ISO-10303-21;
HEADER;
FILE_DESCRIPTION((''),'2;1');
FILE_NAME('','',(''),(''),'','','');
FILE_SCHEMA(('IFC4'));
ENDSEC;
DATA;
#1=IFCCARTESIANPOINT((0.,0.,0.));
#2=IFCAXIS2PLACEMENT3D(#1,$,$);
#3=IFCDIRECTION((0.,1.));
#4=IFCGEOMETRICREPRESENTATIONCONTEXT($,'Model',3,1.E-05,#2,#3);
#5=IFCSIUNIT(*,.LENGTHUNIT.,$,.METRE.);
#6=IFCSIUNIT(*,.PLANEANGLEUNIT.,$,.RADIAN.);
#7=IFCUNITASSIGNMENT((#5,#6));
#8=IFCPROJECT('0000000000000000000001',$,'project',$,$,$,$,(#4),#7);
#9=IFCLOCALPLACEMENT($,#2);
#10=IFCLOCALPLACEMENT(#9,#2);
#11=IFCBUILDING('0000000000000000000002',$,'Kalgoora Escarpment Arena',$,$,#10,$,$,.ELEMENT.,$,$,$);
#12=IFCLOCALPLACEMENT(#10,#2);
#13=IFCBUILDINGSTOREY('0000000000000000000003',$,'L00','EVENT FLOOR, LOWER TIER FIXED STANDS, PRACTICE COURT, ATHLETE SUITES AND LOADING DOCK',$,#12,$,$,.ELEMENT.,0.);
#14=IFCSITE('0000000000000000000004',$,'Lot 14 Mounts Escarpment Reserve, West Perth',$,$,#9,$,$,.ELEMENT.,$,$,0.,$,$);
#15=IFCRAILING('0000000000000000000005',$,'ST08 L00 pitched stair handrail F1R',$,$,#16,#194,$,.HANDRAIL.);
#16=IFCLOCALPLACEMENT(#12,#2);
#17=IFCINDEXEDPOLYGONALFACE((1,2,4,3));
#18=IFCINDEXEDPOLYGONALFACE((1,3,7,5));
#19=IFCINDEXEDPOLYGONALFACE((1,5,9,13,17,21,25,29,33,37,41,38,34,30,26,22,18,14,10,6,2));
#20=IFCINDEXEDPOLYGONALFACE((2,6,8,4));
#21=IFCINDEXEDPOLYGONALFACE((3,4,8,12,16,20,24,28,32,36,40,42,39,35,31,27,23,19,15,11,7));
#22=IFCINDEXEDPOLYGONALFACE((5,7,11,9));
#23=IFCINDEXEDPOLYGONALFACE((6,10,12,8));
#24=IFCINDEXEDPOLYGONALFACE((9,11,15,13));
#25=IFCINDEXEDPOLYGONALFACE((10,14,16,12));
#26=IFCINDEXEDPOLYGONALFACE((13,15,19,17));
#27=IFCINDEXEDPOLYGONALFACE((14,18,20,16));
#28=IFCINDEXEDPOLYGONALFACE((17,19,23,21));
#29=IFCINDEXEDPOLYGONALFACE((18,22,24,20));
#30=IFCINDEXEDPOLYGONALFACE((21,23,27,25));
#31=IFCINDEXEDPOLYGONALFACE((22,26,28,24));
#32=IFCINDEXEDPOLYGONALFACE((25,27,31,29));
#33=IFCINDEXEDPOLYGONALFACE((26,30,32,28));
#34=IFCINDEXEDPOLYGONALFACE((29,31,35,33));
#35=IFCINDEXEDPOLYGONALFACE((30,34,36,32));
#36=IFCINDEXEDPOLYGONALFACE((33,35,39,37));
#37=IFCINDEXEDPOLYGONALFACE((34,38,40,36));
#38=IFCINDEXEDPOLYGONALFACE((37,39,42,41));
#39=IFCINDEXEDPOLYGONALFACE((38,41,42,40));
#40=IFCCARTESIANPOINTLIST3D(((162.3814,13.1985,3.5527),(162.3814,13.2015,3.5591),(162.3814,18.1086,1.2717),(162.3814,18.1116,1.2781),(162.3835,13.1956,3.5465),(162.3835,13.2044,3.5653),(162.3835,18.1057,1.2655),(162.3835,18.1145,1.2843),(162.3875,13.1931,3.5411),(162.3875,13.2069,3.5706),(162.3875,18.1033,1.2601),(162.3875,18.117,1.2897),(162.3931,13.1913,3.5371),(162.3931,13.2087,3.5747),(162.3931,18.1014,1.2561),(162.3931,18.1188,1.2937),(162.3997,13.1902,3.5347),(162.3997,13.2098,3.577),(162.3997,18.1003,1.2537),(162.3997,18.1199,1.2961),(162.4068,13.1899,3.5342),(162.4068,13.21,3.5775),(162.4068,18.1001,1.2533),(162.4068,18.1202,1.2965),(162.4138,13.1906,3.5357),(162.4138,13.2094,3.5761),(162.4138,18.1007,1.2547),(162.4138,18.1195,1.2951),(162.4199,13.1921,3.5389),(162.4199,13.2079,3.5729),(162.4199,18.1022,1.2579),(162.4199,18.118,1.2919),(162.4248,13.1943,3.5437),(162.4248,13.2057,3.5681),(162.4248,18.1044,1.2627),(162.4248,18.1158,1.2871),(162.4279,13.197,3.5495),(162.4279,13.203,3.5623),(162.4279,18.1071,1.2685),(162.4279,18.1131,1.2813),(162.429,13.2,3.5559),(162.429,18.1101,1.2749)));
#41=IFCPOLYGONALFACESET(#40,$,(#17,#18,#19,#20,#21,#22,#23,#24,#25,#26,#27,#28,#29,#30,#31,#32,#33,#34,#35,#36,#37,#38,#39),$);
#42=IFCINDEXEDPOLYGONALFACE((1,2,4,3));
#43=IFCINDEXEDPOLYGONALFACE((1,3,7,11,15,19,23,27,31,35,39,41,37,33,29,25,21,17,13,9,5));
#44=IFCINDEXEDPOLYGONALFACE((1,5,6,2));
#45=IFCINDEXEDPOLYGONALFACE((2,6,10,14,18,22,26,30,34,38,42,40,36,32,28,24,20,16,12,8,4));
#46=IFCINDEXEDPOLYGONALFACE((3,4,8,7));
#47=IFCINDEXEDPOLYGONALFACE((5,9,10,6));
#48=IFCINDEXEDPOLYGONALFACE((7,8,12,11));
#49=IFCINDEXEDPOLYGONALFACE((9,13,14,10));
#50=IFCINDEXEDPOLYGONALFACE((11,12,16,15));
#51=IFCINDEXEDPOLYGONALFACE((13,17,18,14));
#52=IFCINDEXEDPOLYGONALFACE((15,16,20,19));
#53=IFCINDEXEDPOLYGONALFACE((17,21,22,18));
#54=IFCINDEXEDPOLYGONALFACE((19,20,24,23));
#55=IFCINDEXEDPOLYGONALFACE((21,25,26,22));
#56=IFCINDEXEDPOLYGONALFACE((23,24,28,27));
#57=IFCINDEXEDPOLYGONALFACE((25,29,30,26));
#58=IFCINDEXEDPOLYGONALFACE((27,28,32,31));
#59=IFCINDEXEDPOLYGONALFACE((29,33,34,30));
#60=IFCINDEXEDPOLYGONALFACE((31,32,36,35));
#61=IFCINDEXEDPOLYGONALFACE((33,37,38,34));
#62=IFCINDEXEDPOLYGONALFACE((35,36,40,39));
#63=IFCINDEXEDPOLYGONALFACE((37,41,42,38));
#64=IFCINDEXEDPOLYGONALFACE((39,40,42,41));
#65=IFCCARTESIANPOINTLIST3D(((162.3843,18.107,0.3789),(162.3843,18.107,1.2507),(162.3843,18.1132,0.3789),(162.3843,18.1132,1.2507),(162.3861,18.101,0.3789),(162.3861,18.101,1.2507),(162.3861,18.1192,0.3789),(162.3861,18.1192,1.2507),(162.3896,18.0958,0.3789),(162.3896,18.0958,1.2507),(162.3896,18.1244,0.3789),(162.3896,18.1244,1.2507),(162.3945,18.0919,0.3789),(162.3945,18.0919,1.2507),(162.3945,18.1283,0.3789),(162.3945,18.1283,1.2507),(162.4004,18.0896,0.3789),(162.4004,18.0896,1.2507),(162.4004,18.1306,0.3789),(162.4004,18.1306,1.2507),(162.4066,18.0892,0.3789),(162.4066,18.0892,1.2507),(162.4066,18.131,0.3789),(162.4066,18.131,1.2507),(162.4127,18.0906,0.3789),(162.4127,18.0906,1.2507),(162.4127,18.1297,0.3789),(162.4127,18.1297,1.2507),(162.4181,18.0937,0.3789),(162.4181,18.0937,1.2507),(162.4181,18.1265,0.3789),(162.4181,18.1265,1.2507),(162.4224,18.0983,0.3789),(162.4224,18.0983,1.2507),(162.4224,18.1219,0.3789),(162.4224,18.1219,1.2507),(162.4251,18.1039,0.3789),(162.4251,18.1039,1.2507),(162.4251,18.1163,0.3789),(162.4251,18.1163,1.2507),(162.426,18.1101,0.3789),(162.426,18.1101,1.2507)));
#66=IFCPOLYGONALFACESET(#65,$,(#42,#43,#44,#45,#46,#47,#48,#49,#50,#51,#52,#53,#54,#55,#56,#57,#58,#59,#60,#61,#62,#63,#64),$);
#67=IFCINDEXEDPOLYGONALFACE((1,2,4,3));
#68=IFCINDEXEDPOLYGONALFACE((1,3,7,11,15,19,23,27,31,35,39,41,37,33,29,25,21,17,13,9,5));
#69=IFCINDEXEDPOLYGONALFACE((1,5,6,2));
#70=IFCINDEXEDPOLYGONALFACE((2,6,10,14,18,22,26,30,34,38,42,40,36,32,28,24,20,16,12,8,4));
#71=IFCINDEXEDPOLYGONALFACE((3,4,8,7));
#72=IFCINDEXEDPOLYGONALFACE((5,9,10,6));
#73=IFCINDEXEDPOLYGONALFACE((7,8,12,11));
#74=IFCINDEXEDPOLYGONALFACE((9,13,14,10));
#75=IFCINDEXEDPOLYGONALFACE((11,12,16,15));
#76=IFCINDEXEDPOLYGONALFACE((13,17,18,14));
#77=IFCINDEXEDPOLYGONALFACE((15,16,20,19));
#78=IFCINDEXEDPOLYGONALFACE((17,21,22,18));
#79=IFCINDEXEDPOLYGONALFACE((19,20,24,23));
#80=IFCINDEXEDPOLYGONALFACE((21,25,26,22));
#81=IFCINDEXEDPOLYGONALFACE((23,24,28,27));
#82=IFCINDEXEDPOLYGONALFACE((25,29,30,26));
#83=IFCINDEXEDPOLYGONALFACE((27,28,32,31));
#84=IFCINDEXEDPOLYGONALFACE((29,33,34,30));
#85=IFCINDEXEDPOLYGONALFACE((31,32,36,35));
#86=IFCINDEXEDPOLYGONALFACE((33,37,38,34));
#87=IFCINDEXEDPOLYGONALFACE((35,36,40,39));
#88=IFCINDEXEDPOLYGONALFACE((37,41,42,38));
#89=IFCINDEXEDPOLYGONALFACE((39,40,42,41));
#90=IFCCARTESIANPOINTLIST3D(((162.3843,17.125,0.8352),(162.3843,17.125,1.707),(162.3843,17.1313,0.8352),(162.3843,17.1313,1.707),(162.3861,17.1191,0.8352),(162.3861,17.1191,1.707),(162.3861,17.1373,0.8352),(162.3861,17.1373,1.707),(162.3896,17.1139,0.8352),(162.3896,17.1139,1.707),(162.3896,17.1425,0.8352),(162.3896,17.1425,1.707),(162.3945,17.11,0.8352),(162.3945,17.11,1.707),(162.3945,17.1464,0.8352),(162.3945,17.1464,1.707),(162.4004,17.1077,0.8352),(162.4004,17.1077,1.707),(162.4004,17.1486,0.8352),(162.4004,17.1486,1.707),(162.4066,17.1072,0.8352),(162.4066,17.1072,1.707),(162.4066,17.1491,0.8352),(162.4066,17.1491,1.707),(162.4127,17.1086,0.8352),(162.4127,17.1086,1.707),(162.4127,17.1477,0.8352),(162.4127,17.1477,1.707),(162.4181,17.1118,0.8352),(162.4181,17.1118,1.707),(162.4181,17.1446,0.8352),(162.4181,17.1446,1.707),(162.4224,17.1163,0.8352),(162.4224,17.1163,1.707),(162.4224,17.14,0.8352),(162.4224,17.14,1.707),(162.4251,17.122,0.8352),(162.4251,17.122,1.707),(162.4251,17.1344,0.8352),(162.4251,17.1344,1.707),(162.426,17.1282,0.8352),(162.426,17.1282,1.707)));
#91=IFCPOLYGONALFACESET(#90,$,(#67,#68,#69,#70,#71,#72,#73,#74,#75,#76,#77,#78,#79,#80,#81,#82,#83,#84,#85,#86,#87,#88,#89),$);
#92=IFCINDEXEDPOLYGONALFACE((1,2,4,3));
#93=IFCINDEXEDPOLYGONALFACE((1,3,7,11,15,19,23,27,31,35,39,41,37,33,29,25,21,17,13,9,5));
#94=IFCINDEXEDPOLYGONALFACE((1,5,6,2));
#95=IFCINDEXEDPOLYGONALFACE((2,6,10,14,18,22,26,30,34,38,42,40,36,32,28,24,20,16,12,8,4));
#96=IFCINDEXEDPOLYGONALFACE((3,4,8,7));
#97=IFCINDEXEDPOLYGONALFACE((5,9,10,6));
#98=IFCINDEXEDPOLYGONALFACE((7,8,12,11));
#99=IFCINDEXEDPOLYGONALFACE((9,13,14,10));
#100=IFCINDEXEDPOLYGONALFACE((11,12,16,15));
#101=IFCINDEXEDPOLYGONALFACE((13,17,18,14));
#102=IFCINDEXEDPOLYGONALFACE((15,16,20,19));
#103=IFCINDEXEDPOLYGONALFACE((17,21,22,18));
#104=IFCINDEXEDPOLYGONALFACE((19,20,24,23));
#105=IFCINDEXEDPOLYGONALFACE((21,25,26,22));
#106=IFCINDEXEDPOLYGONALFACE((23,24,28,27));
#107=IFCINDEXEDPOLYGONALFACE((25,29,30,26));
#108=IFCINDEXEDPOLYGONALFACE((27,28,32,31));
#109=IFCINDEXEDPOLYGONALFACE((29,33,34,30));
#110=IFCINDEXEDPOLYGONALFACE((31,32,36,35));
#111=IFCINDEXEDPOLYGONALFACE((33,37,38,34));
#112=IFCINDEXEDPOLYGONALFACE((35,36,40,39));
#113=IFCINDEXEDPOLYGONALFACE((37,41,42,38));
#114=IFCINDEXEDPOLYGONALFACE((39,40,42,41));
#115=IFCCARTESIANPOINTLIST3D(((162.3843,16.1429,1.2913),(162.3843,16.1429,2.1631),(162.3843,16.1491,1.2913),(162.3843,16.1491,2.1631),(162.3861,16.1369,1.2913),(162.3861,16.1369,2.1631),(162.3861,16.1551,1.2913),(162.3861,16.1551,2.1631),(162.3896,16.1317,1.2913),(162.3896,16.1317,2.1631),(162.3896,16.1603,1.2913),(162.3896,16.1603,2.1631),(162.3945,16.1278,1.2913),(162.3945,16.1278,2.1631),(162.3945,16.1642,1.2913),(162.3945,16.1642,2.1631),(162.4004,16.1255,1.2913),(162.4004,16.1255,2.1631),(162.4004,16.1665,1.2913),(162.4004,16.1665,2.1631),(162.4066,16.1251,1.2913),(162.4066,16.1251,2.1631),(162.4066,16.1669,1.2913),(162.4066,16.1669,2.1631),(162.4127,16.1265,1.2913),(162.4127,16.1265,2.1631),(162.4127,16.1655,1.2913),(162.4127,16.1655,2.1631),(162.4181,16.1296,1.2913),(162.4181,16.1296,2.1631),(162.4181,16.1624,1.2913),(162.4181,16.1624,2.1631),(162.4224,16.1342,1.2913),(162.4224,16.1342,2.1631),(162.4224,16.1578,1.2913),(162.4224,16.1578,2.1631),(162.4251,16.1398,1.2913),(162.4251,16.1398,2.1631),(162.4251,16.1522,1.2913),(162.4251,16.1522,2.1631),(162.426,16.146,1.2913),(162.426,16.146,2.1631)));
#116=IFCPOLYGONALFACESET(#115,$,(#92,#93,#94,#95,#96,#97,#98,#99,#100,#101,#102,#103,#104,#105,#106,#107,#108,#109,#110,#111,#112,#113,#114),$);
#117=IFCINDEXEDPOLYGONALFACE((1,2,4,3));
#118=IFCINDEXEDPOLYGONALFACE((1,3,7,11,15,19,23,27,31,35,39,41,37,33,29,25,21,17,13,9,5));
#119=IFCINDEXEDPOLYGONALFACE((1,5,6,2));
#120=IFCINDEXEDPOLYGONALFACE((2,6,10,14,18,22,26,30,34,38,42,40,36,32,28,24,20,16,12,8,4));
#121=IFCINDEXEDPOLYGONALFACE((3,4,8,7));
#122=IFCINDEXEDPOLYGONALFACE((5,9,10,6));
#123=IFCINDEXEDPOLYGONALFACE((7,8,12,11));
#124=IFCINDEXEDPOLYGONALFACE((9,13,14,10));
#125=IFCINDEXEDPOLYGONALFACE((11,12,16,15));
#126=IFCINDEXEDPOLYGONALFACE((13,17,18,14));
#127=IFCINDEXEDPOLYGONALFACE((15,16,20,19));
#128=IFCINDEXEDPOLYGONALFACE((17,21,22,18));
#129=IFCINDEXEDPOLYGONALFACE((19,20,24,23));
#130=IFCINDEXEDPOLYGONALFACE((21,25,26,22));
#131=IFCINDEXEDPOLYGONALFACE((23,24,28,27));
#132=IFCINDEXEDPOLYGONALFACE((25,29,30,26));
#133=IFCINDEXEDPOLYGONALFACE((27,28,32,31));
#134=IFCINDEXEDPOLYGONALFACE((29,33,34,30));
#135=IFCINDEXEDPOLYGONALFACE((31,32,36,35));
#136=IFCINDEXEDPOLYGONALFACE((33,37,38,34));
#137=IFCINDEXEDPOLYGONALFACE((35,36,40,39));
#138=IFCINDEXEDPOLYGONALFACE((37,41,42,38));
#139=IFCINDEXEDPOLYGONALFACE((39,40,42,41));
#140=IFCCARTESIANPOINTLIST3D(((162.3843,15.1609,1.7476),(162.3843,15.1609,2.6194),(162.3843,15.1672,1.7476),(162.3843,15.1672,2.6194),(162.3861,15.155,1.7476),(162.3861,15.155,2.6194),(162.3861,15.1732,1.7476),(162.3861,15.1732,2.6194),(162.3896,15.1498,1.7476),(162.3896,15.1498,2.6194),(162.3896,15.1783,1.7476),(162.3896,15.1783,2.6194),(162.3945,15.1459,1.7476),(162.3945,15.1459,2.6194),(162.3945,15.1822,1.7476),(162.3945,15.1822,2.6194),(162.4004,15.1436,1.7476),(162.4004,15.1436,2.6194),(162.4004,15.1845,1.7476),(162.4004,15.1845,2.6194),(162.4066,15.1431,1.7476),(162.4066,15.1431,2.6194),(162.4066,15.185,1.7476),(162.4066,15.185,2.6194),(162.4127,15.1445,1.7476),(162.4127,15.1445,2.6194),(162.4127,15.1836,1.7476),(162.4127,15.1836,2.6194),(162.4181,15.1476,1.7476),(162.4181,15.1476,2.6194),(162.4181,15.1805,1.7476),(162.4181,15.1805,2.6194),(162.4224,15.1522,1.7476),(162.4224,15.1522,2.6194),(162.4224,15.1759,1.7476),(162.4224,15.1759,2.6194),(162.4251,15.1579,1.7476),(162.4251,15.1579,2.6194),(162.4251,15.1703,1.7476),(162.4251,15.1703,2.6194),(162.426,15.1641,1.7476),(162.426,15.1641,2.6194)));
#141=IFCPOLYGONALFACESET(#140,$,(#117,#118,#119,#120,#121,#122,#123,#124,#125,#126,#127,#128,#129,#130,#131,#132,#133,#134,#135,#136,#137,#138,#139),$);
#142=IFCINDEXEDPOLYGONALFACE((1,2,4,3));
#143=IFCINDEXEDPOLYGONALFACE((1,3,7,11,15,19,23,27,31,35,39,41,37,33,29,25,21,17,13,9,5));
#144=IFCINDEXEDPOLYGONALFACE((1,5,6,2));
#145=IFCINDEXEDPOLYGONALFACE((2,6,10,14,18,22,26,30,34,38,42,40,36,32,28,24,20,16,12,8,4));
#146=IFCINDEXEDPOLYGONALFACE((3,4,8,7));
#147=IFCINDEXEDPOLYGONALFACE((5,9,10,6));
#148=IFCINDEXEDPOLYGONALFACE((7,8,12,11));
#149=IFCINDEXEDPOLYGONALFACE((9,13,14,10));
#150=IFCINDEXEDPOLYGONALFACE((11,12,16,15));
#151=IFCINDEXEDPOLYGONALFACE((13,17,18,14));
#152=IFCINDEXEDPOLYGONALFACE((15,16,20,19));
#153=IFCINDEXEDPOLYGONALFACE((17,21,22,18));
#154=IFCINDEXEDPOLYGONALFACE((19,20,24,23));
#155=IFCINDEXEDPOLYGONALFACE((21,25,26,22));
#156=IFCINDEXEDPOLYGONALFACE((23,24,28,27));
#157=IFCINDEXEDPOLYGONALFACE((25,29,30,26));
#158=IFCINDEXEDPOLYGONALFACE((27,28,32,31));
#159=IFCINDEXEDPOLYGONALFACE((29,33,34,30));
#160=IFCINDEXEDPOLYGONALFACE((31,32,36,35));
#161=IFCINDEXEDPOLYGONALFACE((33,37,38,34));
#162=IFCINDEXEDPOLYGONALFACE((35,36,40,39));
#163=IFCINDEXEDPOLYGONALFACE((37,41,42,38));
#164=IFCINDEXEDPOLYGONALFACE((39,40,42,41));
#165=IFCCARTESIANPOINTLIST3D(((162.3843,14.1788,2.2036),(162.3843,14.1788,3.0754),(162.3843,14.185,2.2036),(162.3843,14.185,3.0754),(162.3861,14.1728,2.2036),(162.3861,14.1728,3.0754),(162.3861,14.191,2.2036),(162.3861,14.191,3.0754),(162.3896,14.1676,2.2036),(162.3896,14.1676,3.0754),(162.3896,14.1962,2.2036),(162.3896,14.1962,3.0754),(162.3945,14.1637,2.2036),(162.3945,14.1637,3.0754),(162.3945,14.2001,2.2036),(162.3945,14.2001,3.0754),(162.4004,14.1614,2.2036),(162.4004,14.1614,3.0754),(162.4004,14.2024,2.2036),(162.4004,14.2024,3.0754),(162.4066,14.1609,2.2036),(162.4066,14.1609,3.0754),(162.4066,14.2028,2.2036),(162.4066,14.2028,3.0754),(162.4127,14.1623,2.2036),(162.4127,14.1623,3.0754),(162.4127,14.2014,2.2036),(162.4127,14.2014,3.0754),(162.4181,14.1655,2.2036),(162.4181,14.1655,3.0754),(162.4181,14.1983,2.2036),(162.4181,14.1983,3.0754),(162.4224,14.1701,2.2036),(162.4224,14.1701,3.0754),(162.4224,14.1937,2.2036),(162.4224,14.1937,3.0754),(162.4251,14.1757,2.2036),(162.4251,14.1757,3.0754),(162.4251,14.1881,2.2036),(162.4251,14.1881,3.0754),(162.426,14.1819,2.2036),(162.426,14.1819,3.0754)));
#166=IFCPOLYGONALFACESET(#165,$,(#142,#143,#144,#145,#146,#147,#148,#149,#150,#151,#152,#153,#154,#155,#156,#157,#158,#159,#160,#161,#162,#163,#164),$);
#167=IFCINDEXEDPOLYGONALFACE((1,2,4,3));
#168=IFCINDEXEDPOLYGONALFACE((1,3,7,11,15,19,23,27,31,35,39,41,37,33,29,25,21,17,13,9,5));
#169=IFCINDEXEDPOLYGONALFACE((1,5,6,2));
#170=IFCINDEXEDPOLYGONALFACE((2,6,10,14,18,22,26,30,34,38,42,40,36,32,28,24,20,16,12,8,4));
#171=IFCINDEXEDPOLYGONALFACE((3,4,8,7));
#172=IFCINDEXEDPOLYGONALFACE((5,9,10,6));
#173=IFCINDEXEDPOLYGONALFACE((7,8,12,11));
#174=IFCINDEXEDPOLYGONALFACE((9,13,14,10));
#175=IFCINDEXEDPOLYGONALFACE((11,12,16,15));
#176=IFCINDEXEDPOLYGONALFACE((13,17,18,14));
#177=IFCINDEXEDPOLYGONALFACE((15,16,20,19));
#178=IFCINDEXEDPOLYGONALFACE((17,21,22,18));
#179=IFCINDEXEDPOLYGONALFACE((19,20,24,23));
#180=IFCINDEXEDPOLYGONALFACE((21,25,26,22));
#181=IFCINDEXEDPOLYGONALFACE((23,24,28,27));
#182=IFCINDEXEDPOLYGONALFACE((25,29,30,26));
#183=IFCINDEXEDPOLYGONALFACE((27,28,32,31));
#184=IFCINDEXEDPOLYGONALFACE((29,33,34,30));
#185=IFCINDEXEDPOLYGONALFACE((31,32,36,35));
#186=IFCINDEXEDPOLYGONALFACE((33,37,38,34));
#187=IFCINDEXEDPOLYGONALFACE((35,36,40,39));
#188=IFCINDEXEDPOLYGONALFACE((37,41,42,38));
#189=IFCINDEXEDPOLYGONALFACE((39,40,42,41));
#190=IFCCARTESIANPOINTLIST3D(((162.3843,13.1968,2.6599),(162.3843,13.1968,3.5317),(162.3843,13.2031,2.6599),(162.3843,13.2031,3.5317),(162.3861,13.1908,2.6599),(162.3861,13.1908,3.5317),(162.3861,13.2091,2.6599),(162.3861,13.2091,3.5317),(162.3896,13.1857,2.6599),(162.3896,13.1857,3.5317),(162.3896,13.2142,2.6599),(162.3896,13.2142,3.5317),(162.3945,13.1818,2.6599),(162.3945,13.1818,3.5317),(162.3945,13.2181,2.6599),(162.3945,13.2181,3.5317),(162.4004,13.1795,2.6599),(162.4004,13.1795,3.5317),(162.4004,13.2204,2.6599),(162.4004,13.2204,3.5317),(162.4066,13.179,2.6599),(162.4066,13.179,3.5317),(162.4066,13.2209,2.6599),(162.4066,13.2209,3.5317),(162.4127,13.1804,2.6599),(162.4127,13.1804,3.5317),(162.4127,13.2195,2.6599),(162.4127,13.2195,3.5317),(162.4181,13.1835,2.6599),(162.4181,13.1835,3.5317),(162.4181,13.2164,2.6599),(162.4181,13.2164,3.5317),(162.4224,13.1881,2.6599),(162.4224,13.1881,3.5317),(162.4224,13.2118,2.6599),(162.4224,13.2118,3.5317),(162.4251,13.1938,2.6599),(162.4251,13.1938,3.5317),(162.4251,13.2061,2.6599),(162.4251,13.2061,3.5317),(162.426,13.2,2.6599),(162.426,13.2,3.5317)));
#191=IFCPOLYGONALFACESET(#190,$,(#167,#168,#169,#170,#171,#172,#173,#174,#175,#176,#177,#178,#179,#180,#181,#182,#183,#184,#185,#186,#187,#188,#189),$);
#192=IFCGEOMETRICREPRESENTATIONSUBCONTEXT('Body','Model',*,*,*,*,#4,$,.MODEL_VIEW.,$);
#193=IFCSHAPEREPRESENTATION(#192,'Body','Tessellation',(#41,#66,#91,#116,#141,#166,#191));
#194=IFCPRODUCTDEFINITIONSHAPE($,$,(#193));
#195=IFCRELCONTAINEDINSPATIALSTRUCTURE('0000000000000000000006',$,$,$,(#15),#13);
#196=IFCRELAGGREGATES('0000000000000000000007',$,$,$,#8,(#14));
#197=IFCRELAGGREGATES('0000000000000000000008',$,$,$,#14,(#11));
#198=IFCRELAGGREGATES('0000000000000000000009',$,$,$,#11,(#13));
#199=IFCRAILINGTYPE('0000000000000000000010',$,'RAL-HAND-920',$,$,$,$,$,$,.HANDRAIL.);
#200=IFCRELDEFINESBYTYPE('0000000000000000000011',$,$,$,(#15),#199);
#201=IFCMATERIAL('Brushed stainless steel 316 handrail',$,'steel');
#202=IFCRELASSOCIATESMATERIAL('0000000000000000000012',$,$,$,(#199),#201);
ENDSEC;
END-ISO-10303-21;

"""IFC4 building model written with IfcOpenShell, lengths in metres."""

from ifc_helpers import new_model, si_unit, direction, frame, origin, origin_2d, place, context, subcontext, project, spatial, circle, extrude, material, type_object, element, save


model = new_model("IFC4")

# Units and contexts
model_context = context("Model", 3, precision=1e-05, world=origin(), true_north=direction((0.0, 1.0)))
body_context = subcontext(model_context, "Body", "Model", "MODEL_VIEW")
ifc_project = project(units=[si_unit("LENGTHUNIT", "METRE"), si_unit("PLANEANGLEUNIT", "RADIAN")], contexts=[model_context])

# Site, building, storey
site_placement = place(None, origin())
site = spatial("IfcSite", under=ifc_project, at=site_placement, Name="Lot 14 Mounts Escarpment Reserve, West Perth", CompositionType="ELEMENT", RefElevation=0.0)
building_placement = place(site_placement, origin())
building = spatial("IfcBuilding", under=site, at=building_placement, Name="Kalgoora Escarpment Arena", CompositionType="ELEMENT")
storey_placement = place(building_placement, origin())
storey = spatial("IfcBuildingStorey", under=building, at=storey_placement, Name="L00", Description="EVENT FLOOR, LOWER TIER FIXED STANDS, PRACTICE COURT, ATHLETE SUITES AND LOADING DOCK", CompositionType="ELEMENT", Elevation=0.0)

# Railing
ifc_material_1 = material(Name="Brushed stainless steel 316 handrail", Category="steel")
railing_type = type_object("IfcRailingType", Name="RAL-HAND-920", PredefinedType="HANDRAIL", material=ifc_material_1)
for number, where, name in (
    (1, (162.405, 18.1101, 0.3789), "ST08 L00 pitched stair handrail F1R"),
):
    element("IfcRailing", number, at=place(storey_placement, frame(where)), inside=storey, type_object=railing_type, Name=name, PredefinedType="HANDRAIL", context=body_context, shape_type="SweptSolid", body=[
        extrude(circle(Radius=0.0239, at=origin_2d()), frame((0.0, 0.0, 0.896), z_axis=(0.0, -0.906918, 0.421307), x_axis=(1.0, 0.0, 0.0)), (0.0, 0.0, 1.0), 5.4141),
        extrude(circle(Radius=0.021, at=origin_2d()), origin(), (0.0, 0.0, 1.0), 0.8718),
        extrude(circle(Radius=0.021, at=origin_2d()), frame((0.0, -0.9819, 0.4563)), (0.0, 0.0, 1.0), 0.8718),
        extrude(circle(Radius=0.021, at=origin_2d()), frame((0.0, -1.9641, 0.9124)), (0.0, 0.0, 1.0), 0.8718),
        extrude(circle(Radius=0.021, at=origin_2d()), frame((0.0, -2.946, 1.3687)), (0.0, 0.0, 1.0), 0.8718),
        extrude(circle(Radius=0.021, at=origin_2d()), frame((0.0, -3.9282, 1.8247)), (0.0, 0.0, 1.0), 0.8718),
        extrude(circle(Radius=0.021, at=origin_2d()), frame((0.0, -4.9102, 2.281)), (0.0, 0.0, 1.0), 0.8718),
    ])

save(model, "model.ifc")
